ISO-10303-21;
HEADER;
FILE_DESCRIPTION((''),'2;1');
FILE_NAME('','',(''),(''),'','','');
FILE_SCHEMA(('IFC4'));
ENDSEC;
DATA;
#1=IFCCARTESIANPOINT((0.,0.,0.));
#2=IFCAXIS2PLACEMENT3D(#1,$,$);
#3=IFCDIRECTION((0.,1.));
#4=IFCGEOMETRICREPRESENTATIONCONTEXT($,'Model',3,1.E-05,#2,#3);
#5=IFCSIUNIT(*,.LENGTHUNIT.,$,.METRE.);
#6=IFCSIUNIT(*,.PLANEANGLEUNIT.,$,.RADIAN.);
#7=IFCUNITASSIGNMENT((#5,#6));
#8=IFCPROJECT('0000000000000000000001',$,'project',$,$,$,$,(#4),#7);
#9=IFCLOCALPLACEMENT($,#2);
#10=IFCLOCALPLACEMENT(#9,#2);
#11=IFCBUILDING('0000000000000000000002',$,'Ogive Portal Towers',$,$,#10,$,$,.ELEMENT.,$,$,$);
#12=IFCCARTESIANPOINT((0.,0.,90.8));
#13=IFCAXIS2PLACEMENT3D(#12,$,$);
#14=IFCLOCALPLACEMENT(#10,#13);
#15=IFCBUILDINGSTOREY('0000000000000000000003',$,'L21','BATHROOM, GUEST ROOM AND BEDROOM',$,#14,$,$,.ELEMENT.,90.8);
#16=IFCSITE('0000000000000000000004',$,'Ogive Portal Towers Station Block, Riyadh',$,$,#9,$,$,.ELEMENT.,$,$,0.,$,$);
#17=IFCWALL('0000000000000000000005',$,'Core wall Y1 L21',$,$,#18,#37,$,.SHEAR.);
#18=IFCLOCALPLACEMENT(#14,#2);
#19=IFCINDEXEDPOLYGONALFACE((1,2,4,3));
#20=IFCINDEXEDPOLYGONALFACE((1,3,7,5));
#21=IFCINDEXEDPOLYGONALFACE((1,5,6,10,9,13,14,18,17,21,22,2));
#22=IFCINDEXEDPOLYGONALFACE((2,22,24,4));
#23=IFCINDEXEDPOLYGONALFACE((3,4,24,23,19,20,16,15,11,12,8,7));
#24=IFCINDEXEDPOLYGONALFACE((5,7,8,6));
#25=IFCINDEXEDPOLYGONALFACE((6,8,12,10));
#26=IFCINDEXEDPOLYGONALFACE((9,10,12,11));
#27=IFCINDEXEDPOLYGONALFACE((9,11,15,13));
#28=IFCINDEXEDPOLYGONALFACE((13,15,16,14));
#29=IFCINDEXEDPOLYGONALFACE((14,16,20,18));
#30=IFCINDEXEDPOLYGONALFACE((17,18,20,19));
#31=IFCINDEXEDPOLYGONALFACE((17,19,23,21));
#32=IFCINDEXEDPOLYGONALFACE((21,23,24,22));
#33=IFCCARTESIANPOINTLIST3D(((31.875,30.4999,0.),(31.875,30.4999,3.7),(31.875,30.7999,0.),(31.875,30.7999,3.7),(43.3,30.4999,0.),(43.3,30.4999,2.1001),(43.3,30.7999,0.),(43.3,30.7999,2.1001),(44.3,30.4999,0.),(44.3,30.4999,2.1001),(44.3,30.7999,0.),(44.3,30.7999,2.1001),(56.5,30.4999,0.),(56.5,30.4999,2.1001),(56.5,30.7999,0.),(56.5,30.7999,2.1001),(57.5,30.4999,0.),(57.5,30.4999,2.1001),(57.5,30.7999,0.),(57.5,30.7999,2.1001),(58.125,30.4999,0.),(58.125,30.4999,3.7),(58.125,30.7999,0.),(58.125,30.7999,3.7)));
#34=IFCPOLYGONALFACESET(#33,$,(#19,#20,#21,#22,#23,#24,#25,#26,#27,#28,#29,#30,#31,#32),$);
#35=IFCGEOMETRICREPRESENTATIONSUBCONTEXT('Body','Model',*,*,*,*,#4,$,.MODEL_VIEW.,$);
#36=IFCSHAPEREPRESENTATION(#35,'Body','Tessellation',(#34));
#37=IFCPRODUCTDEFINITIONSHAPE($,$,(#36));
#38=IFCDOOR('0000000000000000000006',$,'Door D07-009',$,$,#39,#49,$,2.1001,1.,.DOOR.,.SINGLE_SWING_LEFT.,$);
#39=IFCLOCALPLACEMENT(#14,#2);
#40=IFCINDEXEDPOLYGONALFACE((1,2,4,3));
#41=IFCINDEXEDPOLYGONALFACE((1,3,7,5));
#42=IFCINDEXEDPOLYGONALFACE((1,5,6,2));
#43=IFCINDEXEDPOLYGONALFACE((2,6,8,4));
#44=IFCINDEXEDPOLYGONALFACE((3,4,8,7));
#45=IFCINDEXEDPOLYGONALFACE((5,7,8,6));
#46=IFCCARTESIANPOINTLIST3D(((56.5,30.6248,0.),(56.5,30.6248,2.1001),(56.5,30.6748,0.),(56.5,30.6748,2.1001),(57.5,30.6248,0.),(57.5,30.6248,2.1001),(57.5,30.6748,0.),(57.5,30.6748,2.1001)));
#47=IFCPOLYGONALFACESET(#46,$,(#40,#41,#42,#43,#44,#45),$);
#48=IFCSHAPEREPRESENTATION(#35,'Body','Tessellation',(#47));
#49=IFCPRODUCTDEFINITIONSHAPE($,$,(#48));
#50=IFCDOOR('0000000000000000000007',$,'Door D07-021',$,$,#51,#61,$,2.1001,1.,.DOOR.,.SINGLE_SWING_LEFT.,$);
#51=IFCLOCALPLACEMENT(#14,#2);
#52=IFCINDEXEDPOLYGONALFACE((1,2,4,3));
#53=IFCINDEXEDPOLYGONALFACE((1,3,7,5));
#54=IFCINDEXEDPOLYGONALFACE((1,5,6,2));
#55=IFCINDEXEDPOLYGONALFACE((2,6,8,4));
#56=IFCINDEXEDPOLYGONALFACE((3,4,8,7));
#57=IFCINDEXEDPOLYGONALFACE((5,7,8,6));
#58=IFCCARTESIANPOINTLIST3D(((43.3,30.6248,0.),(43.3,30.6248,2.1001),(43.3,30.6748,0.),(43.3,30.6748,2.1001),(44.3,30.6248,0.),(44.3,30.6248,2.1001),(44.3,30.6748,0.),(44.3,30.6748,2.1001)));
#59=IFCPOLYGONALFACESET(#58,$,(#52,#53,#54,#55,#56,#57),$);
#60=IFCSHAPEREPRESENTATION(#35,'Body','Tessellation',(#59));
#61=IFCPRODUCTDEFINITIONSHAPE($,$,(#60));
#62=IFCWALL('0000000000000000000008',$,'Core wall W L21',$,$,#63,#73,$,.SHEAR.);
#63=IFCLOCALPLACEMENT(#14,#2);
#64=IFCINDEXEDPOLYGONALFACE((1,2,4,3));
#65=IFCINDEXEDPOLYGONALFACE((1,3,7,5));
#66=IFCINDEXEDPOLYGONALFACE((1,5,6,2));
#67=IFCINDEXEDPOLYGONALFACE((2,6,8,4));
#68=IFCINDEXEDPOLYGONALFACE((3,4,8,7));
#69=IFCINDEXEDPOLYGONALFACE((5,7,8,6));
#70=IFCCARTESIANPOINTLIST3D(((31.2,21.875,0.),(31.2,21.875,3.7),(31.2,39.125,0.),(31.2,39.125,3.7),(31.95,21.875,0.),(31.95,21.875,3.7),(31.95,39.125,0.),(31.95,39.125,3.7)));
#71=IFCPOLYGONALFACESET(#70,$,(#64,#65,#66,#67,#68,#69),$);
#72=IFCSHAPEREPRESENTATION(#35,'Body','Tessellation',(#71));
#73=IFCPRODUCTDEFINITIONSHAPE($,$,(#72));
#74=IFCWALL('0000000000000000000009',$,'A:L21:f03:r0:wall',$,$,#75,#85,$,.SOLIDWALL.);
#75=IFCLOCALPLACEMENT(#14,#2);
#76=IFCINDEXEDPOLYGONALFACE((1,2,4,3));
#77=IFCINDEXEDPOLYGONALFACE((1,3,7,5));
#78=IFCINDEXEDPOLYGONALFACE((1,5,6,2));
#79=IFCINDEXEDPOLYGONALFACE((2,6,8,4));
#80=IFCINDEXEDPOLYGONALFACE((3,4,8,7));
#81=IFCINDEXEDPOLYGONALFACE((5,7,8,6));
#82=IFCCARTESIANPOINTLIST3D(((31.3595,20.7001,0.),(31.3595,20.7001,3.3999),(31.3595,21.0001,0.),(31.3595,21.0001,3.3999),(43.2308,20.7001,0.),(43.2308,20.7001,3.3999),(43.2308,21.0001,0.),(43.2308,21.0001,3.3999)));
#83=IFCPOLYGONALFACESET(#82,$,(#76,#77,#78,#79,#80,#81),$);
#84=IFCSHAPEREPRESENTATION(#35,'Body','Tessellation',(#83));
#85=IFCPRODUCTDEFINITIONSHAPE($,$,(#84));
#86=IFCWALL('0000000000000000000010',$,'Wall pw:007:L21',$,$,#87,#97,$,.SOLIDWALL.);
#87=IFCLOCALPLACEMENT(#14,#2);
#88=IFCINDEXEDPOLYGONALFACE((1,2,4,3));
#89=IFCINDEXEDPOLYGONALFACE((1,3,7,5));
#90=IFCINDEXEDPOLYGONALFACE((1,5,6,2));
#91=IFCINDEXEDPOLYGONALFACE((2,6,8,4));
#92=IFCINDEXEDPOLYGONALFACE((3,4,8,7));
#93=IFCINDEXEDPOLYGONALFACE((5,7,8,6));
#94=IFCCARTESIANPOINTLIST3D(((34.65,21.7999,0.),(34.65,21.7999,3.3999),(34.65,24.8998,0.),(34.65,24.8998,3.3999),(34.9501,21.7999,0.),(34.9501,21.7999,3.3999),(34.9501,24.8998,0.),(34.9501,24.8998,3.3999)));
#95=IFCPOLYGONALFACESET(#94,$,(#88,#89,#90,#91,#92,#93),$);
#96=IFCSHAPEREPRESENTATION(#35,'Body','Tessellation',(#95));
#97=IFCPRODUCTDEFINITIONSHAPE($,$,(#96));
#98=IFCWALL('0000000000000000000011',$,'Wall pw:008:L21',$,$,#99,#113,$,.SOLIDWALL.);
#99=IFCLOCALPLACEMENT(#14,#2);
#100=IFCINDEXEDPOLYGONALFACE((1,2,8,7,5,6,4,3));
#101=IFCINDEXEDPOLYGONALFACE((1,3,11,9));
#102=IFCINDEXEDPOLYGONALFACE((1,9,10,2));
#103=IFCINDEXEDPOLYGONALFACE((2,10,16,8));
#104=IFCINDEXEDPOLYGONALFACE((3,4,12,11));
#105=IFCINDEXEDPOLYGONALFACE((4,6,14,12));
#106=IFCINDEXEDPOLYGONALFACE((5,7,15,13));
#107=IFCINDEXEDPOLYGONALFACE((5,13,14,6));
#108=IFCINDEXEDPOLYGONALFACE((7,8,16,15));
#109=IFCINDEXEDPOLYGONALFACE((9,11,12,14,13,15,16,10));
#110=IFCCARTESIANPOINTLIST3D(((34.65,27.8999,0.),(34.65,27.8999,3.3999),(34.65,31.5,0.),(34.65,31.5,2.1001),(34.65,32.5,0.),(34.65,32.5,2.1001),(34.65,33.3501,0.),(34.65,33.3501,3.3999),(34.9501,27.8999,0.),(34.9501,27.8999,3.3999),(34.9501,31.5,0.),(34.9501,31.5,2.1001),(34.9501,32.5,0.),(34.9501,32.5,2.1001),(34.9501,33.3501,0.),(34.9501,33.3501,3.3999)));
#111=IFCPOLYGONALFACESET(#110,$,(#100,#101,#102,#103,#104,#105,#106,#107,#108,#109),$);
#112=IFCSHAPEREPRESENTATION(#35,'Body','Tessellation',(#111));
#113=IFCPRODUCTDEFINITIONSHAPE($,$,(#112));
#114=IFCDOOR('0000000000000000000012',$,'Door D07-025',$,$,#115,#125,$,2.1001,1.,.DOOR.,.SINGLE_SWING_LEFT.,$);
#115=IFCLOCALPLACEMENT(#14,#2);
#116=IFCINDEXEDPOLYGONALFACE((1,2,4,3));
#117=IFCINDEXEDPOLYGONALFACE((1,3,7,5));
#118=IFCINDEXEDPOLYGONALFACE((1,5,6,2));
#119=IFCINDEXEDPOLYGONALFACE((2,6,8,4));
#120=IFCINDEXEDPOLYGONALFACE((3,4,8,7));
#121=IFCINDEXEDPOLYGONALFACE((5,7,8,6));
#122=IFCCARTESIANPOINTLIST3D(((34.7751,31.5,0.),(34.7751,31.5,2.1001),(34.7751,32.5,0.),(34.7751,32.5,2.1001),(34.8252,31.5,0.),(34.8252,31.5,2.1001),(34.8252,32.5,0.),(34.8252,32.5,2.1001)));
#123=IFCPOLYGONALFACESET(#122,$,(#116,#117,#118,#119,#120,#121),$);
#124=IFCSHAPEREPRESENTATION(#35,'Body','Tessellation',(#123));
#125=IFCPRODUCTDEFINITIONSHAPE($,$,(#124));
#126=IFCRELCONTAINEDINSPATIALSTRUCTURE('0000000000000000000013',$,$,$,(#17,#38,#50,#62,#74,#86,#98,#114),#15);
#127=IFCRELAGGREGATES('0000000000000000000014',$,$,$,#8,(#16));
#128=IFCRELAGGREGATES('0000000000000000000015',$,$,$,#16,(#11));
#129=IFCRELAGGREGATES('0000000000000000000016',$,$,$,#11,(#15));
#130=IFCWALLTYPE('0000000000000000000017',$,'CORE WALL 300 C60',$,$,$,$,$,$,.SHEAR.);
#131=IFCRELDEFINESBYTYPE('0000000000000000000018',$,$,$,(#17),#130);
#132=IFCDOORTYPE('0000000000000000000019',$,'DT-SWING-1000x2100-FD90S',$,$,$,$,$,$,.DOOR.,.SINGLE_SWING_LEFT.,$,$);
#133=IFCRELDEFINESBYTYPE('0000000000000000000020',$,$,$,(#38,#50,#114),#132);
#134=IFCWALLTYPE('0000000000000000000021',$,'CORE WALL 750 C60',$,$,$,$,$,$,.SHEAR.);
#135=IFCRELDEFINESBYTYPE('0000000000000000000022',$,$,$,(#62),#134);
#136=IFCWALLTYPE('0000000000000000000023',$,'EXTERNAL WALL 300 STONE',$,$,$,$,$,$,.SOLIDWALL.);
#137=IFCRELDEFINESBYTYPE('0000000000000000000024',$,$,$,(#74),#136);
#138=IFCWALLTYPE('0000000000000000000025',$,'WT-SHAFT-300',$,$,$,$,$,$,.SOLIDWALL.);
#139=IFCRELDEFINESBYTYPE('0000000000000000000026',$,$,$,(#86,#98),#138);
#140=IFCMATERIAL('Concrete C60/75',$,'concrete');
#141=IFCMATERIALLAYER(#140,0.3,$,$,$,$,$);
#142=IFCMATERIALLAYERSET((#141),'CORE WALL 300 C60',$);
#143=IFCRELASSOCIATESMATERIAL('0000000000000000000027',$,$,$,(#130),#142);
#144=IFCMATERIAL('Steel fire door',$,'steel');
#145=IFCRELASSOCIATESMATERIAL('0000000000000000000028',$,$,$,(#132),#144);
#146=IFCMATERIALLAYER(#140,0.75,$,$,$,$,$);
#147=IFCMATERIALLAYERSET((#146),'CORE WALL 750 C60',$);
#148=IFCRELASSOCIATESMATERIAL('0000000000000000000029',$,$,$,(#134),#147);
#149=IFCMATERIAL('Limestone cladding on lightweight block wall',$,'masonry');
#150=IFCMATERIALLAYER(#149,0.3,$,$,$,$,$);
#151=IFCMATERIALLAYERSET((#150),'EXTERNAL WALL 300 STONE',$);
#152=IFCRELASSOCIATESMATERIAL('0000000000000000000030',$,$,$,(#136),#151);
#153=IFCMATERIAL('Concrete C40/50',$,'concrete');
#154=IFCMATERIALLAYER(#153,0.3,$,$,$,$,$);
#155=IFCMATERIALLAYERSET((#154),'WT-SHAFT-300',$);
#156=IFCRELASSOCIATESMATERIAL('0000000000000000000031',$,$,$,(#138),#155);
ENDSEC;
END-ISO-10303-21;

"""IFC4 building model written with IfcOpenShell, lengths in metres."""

from ifc_helpers import new_model, si_unit, direction, frame, frame_2d, origin, place, context, subcontext, project, spatial, rectangle, extrude, material, layer, layer_set, type_object, element, fill, save


model = new_model("IFC4")

# Units and contexts
model_context = context("Model", 3, precision=1e-05, world=origin(), true_north=direction((0.0, 1.0)))
body_context = subcontext(model_context, "Body", "Model", "MODEL_VIEW")
ifc_project = project(units=[si_unit("LENGTHUNIT", "METRE"), si_unit("PLANEANGLEUNIT", "RADIAN")], contexts=[model_context])

# Site, building, storey
site_placement = place(None, origin())
site = spatial("IfcSite", under=ifc_project, at=site_placement, Name="Ogive Portal Towers Station Block, Riyadh", CompositionType="ELEMENT", RefElevation=0.0)
building_placement = place(site_placement, origin())
building = spatial("IfcBuilding", under=site, at=building_placement, Name="Ogive Portal Towers", CompositionType="ELEMENT")
storey_placement = place(building_placement, frame((0.0, 0.0, 90.8)))
storey = spatial("IfcBuildingStorey", under=building, at=storey_placement, Name="L21", Description="BATHROOM, GUEST ROOM AND BEDROOM", CompositionType="ELEMENT", Elevation=90.8)

# Wall, openings, doors
ifc_material_1 = material(Name="Concrete C60/75", Category="concrete")
ifc_layer_1 = layer(ifc_material_1, 0.3)
ifc_layer_set_1 = layer_set([ifc_layer_1], Name="CORE WALL 300 C60")
wall_type_1 = type_object("IfcWallType", Name="CORE WALL 300 C60", PredefinedType="SHEAR", material=ifc_layer_set_1)
wall_1_placement = place(storey_placement, frame((31.875, 30.6499, 0.0), z_axis=(0.0, 0.0, 1.0), x_axis=(1.0, 0.0, 0.0)))
wall_1 = element("IfcWall", 1, at=wall_1_placement, inside=storey, type_object=wall_type_1, Name="Core wall Y1 L21", PredefinedType="SHEAR", context=body_context, shape_type="SweptSolid", body=[
    extrude(rectangle(XDim=26.25, YDim=0.3, at=frame_2d((13.125, 0.0))), origin(), (0.0, 0.0, 1.0), 3.7),
])
opening_1_placement = place(wall_1_placement, frame((24.625, 0.0, 0.0)))
opening_1 = element("IfcOpeningElement", 2, at=opening_1_placement, cuts=wall_1, PredefinedType="OPENING", context=body_context, shape_type="SweptSolid", body=[
    extrude(rectangle(XDim=1.0, YDim=2.1001, at=frame_2d((0.5, 1.05))), frame((0.0, 0.1602, 0.0), z_axis=(0.0, -1.0, 0.0), x_axis=(1.0, 0.0, 0.0)), (0.0, 0.0, 1.0), 0.3201),
])
opening_2_placement = place(wall_1_placement, frame((11.425, 0.0, 0.0)))
opening_2 = element("IfcOpeningElement", 3, at=opening_2_placement, cuts=wall_1, PredefinedType="OPENING", context=body_context, shape_type="SweptSolid", body=[
    extrude(rectangle(XDim=1.0, YDim=2.1001, at=frame_2d((0.5, 1.05))), frame((0.0, 0.1602, 0.0), z_axis=(0.0, -1.0, 0.0), x_axis=(1.0, 0.0, 0.0)), (0.0, 0.0, 1.0), 0.3201),
])
ifc_material_2 = material(Name="Steel fire door", Category="steel")
door_type_1 = type_object("IfcDoorType", Name="DT-SWING-1000x2100-FD90S", OperationType="SINGLE_SWING_LEFT", PredefinedType="DOOR", material=ifc_material_2)
door_1_placement = place(opening_1_placement, origin())
door_1 = element("IfcDoor", 4, at=door_1_placement, inside=storey, type_object=door_type_1, Name="Door D07-009", OperationType="SINGLE_SWING_LEFT", OverallHeight=2.1001, OverallWidth=1.0, PredefinedType="DOOR", context=body_context, shape_type="SweptSolid", body=[
    extrude(rectangle(XDim=1.0, YDim=2.1001, at=frame_2d((0.5, 1.05))), frame((0.0, 0.0249, 0.0), z_axis=(0.0, -1.0, 0.0), x_axis=(1.0, 0.0, 0.0)), (0.0, 0.0, 1.0), 0.05),
])
fill(opening_1, door_1)
door_2_placement = place(opening_2_placement, origin())
door_2 = element("IfcDoor", 5, at=door_2_placement, inside=storey, type_object=door_type_1, Name="Door D07-021", OperationType="SINGLE_SWING_LEFT", OverallHeight=2.1001, OverallWidth=1.0, PredefinedType="DOOR", context=body_context, shape_type="SweptSolid", body=[
    extrude(rectangle(XDim=1.0, YDim=2.1001, at=frame_2d((0.5, 1.05))), frame((0.0, 0.0249, 0.0), z_axis=(0.0, -1.0, 0.0), x_axis=(1.0, 0.0, 0.0)), (0.0, 0.0, 1.0), 0.05),
])
fill(opening_2, door_2)

# Walls
ifc_layer_2 = layer(ifc_material_1, 0.75)
ifc_layer_set_2 = layer_set([ifc_layer_2], Name="CORE WALL 750 C60")
wall_type_2 = type_object("IfcWallType", Name="CORE WALL 750 C60", PredefinedType="SHEAR", material=ifc_layer_set_2)
wall_2_placement = place(storey_placement, frame((31.575, 21.875, 0.0), z_axis=(0.0, 0.0, 1.0), x_axis=(0.0, 1.0, 0.0)))
element("IfcWall", 6, at=wall_2_placement, inside=storey, type_object=wall_type_2, Name="Core wall W L21", PredefinedType="SHEAR", context=body_context, shape_type="SweptSolid", body=[
    extrude(rectangle(XDim=17.25, YDim=0.75, at=frame_2d((8.625, 0.0))), origin(), (0.0, 0.0, 1.0), 3.7),
])
ifc_material_3 = material(Name="Limestone cladding on lightweight block wall", Category="masonry")
ifc_layer_3 = layer(ifc_material_3, 0.3)
ifc_layer_set_3 = layer_set([ifc_layer_3], Name="EXTERNAL WALL 300 STONE")
wall_type_3 = type_object("IfcWallType", Name="EXTERNAL WALL 300 STONE", PredefinedType="SOLIDWALL", material=ifc_layer_set_3)
wall_3_placement = place(storey_placement, frame((31.3596, 20.8501, 0.0), z_axis=(0.0, 0.0, 1.0), x_axis=(1.0, 0.0, 0.0)))
element("IfcWall", 7, at=wall_3_placement, inside=storey, type_object=wall_type_3, Name="A:L21:f03:r0:wall", PredefinedType="SOLIDWALL", context=body_context, shape_type="SweptSolid", body=[
    extrude(rectangle(XDim=11.8713, YDim=0.3, at=frame_2d((5.9355, 0.0))), origin(), (0.0, 0.0, 1.0), 3.3999),
])

# Shared definitions
ifc_material_4 = material(Name="Concrete C40/50", Category="concrete")
ifc_layer_4 = layer(ifc_material_4, 0.3)
ifc_layer_set_4 = layer_set([ifc_layer_4], Name="WT-SHAFT-300")
wall_type_4 = type_object("IfcWallType", Name="WT-SHAFT-300", PredefinedType="SOLIDWALL", material=ifc_layer_set_4)

# Wall
wall_4_placement = place(storey_placement, frame((34.8, 21.8, 0.0), z_axis=(0.0, 0.0, 1.0), x_axis=(0.0, 1.0, 0.0)))
element("IfcWall", 8, at=wall_4_placement, inside=storey, type_object=wall_type_4, Name="Wall pw:007:L21", PredefinedType="SOLIDWALL", context=body_context, shape_type="SweptSolid", body=[
    extrude(rectangle(XDim=3.0999, YDim=0.3, at=frame_2d((1.5498, 0.0))), origin(), (0.0, 0.0, 1.0), 3.3999),
])

# Wall, opening, door
wall_5_placement = place(storey_placement, frame((34.8, 27.8999, 0.0), z_axis=(0.0, 0.0, 1.0), x_axis=(0.0, 1.0, 0.0)))
wall_5 = element("IfcWall", 9, at=wall_5_placement, inside=storey, type_object=wall_type_4, Name="Wall pw:008:L21", PredefinedType="SOLIDWALL", context=body_context, shape_type="SweptSolid", body=[
    extrude(rectangle(XDim=5.4502, YDim=0.3, at=frame_2d((2.7251, 0.0))), origin(), (0.0, 0.0, 1.0), 3.3999),
])
opening_3_placement = place(wall_5_placement, frame((3.6001, 0.0, 0.0)))
opening_3 = element("IfcOpeningElement", 10, at=opening_3_placement, cuts=wall_5, PredefinedType="OPENING", context=body_context, shape_type="SweptSolid", body=[
    extrude(rectangle(XDim=1.0, YDim=2.1001, at=frame_2d((0.5, 1.05))), frame((0.0, 0.1602, 0.0), z_axis=(0.0, -1.0, 0.0), x_axis=(1.0, 0.0, 0.0)), (0.0, 0.0, 1.0), 0.3201),
])
door_3_placement = place(opening_3_placement, origin())
door_3 = element("IfcDoor", 11, at=door_3_placement, inside=storey, type_object=door_type_1, Name="Door D07-025", OperationType="SINGLE_SWING_LEFT", OverallHeight=2.1001, OverallWidth=1.0, PredefinedType="DOOR", context=body_context, shape_type="SweptSolid", body=[
    extrude(rectangle(XDim=1.0, YDim=2.1001, at=frame_2d((0.5, 1.05))), frame((0.0, 0.0249, 0.0), z_axis=(0.0, -1.0, 0.0), x_axis=(1.0, 0.0, 0.0)), (0.0, 0.0, 1.0), 0.05),
])
fill(opening_3, door_3)

save(model, "model.ifc")
